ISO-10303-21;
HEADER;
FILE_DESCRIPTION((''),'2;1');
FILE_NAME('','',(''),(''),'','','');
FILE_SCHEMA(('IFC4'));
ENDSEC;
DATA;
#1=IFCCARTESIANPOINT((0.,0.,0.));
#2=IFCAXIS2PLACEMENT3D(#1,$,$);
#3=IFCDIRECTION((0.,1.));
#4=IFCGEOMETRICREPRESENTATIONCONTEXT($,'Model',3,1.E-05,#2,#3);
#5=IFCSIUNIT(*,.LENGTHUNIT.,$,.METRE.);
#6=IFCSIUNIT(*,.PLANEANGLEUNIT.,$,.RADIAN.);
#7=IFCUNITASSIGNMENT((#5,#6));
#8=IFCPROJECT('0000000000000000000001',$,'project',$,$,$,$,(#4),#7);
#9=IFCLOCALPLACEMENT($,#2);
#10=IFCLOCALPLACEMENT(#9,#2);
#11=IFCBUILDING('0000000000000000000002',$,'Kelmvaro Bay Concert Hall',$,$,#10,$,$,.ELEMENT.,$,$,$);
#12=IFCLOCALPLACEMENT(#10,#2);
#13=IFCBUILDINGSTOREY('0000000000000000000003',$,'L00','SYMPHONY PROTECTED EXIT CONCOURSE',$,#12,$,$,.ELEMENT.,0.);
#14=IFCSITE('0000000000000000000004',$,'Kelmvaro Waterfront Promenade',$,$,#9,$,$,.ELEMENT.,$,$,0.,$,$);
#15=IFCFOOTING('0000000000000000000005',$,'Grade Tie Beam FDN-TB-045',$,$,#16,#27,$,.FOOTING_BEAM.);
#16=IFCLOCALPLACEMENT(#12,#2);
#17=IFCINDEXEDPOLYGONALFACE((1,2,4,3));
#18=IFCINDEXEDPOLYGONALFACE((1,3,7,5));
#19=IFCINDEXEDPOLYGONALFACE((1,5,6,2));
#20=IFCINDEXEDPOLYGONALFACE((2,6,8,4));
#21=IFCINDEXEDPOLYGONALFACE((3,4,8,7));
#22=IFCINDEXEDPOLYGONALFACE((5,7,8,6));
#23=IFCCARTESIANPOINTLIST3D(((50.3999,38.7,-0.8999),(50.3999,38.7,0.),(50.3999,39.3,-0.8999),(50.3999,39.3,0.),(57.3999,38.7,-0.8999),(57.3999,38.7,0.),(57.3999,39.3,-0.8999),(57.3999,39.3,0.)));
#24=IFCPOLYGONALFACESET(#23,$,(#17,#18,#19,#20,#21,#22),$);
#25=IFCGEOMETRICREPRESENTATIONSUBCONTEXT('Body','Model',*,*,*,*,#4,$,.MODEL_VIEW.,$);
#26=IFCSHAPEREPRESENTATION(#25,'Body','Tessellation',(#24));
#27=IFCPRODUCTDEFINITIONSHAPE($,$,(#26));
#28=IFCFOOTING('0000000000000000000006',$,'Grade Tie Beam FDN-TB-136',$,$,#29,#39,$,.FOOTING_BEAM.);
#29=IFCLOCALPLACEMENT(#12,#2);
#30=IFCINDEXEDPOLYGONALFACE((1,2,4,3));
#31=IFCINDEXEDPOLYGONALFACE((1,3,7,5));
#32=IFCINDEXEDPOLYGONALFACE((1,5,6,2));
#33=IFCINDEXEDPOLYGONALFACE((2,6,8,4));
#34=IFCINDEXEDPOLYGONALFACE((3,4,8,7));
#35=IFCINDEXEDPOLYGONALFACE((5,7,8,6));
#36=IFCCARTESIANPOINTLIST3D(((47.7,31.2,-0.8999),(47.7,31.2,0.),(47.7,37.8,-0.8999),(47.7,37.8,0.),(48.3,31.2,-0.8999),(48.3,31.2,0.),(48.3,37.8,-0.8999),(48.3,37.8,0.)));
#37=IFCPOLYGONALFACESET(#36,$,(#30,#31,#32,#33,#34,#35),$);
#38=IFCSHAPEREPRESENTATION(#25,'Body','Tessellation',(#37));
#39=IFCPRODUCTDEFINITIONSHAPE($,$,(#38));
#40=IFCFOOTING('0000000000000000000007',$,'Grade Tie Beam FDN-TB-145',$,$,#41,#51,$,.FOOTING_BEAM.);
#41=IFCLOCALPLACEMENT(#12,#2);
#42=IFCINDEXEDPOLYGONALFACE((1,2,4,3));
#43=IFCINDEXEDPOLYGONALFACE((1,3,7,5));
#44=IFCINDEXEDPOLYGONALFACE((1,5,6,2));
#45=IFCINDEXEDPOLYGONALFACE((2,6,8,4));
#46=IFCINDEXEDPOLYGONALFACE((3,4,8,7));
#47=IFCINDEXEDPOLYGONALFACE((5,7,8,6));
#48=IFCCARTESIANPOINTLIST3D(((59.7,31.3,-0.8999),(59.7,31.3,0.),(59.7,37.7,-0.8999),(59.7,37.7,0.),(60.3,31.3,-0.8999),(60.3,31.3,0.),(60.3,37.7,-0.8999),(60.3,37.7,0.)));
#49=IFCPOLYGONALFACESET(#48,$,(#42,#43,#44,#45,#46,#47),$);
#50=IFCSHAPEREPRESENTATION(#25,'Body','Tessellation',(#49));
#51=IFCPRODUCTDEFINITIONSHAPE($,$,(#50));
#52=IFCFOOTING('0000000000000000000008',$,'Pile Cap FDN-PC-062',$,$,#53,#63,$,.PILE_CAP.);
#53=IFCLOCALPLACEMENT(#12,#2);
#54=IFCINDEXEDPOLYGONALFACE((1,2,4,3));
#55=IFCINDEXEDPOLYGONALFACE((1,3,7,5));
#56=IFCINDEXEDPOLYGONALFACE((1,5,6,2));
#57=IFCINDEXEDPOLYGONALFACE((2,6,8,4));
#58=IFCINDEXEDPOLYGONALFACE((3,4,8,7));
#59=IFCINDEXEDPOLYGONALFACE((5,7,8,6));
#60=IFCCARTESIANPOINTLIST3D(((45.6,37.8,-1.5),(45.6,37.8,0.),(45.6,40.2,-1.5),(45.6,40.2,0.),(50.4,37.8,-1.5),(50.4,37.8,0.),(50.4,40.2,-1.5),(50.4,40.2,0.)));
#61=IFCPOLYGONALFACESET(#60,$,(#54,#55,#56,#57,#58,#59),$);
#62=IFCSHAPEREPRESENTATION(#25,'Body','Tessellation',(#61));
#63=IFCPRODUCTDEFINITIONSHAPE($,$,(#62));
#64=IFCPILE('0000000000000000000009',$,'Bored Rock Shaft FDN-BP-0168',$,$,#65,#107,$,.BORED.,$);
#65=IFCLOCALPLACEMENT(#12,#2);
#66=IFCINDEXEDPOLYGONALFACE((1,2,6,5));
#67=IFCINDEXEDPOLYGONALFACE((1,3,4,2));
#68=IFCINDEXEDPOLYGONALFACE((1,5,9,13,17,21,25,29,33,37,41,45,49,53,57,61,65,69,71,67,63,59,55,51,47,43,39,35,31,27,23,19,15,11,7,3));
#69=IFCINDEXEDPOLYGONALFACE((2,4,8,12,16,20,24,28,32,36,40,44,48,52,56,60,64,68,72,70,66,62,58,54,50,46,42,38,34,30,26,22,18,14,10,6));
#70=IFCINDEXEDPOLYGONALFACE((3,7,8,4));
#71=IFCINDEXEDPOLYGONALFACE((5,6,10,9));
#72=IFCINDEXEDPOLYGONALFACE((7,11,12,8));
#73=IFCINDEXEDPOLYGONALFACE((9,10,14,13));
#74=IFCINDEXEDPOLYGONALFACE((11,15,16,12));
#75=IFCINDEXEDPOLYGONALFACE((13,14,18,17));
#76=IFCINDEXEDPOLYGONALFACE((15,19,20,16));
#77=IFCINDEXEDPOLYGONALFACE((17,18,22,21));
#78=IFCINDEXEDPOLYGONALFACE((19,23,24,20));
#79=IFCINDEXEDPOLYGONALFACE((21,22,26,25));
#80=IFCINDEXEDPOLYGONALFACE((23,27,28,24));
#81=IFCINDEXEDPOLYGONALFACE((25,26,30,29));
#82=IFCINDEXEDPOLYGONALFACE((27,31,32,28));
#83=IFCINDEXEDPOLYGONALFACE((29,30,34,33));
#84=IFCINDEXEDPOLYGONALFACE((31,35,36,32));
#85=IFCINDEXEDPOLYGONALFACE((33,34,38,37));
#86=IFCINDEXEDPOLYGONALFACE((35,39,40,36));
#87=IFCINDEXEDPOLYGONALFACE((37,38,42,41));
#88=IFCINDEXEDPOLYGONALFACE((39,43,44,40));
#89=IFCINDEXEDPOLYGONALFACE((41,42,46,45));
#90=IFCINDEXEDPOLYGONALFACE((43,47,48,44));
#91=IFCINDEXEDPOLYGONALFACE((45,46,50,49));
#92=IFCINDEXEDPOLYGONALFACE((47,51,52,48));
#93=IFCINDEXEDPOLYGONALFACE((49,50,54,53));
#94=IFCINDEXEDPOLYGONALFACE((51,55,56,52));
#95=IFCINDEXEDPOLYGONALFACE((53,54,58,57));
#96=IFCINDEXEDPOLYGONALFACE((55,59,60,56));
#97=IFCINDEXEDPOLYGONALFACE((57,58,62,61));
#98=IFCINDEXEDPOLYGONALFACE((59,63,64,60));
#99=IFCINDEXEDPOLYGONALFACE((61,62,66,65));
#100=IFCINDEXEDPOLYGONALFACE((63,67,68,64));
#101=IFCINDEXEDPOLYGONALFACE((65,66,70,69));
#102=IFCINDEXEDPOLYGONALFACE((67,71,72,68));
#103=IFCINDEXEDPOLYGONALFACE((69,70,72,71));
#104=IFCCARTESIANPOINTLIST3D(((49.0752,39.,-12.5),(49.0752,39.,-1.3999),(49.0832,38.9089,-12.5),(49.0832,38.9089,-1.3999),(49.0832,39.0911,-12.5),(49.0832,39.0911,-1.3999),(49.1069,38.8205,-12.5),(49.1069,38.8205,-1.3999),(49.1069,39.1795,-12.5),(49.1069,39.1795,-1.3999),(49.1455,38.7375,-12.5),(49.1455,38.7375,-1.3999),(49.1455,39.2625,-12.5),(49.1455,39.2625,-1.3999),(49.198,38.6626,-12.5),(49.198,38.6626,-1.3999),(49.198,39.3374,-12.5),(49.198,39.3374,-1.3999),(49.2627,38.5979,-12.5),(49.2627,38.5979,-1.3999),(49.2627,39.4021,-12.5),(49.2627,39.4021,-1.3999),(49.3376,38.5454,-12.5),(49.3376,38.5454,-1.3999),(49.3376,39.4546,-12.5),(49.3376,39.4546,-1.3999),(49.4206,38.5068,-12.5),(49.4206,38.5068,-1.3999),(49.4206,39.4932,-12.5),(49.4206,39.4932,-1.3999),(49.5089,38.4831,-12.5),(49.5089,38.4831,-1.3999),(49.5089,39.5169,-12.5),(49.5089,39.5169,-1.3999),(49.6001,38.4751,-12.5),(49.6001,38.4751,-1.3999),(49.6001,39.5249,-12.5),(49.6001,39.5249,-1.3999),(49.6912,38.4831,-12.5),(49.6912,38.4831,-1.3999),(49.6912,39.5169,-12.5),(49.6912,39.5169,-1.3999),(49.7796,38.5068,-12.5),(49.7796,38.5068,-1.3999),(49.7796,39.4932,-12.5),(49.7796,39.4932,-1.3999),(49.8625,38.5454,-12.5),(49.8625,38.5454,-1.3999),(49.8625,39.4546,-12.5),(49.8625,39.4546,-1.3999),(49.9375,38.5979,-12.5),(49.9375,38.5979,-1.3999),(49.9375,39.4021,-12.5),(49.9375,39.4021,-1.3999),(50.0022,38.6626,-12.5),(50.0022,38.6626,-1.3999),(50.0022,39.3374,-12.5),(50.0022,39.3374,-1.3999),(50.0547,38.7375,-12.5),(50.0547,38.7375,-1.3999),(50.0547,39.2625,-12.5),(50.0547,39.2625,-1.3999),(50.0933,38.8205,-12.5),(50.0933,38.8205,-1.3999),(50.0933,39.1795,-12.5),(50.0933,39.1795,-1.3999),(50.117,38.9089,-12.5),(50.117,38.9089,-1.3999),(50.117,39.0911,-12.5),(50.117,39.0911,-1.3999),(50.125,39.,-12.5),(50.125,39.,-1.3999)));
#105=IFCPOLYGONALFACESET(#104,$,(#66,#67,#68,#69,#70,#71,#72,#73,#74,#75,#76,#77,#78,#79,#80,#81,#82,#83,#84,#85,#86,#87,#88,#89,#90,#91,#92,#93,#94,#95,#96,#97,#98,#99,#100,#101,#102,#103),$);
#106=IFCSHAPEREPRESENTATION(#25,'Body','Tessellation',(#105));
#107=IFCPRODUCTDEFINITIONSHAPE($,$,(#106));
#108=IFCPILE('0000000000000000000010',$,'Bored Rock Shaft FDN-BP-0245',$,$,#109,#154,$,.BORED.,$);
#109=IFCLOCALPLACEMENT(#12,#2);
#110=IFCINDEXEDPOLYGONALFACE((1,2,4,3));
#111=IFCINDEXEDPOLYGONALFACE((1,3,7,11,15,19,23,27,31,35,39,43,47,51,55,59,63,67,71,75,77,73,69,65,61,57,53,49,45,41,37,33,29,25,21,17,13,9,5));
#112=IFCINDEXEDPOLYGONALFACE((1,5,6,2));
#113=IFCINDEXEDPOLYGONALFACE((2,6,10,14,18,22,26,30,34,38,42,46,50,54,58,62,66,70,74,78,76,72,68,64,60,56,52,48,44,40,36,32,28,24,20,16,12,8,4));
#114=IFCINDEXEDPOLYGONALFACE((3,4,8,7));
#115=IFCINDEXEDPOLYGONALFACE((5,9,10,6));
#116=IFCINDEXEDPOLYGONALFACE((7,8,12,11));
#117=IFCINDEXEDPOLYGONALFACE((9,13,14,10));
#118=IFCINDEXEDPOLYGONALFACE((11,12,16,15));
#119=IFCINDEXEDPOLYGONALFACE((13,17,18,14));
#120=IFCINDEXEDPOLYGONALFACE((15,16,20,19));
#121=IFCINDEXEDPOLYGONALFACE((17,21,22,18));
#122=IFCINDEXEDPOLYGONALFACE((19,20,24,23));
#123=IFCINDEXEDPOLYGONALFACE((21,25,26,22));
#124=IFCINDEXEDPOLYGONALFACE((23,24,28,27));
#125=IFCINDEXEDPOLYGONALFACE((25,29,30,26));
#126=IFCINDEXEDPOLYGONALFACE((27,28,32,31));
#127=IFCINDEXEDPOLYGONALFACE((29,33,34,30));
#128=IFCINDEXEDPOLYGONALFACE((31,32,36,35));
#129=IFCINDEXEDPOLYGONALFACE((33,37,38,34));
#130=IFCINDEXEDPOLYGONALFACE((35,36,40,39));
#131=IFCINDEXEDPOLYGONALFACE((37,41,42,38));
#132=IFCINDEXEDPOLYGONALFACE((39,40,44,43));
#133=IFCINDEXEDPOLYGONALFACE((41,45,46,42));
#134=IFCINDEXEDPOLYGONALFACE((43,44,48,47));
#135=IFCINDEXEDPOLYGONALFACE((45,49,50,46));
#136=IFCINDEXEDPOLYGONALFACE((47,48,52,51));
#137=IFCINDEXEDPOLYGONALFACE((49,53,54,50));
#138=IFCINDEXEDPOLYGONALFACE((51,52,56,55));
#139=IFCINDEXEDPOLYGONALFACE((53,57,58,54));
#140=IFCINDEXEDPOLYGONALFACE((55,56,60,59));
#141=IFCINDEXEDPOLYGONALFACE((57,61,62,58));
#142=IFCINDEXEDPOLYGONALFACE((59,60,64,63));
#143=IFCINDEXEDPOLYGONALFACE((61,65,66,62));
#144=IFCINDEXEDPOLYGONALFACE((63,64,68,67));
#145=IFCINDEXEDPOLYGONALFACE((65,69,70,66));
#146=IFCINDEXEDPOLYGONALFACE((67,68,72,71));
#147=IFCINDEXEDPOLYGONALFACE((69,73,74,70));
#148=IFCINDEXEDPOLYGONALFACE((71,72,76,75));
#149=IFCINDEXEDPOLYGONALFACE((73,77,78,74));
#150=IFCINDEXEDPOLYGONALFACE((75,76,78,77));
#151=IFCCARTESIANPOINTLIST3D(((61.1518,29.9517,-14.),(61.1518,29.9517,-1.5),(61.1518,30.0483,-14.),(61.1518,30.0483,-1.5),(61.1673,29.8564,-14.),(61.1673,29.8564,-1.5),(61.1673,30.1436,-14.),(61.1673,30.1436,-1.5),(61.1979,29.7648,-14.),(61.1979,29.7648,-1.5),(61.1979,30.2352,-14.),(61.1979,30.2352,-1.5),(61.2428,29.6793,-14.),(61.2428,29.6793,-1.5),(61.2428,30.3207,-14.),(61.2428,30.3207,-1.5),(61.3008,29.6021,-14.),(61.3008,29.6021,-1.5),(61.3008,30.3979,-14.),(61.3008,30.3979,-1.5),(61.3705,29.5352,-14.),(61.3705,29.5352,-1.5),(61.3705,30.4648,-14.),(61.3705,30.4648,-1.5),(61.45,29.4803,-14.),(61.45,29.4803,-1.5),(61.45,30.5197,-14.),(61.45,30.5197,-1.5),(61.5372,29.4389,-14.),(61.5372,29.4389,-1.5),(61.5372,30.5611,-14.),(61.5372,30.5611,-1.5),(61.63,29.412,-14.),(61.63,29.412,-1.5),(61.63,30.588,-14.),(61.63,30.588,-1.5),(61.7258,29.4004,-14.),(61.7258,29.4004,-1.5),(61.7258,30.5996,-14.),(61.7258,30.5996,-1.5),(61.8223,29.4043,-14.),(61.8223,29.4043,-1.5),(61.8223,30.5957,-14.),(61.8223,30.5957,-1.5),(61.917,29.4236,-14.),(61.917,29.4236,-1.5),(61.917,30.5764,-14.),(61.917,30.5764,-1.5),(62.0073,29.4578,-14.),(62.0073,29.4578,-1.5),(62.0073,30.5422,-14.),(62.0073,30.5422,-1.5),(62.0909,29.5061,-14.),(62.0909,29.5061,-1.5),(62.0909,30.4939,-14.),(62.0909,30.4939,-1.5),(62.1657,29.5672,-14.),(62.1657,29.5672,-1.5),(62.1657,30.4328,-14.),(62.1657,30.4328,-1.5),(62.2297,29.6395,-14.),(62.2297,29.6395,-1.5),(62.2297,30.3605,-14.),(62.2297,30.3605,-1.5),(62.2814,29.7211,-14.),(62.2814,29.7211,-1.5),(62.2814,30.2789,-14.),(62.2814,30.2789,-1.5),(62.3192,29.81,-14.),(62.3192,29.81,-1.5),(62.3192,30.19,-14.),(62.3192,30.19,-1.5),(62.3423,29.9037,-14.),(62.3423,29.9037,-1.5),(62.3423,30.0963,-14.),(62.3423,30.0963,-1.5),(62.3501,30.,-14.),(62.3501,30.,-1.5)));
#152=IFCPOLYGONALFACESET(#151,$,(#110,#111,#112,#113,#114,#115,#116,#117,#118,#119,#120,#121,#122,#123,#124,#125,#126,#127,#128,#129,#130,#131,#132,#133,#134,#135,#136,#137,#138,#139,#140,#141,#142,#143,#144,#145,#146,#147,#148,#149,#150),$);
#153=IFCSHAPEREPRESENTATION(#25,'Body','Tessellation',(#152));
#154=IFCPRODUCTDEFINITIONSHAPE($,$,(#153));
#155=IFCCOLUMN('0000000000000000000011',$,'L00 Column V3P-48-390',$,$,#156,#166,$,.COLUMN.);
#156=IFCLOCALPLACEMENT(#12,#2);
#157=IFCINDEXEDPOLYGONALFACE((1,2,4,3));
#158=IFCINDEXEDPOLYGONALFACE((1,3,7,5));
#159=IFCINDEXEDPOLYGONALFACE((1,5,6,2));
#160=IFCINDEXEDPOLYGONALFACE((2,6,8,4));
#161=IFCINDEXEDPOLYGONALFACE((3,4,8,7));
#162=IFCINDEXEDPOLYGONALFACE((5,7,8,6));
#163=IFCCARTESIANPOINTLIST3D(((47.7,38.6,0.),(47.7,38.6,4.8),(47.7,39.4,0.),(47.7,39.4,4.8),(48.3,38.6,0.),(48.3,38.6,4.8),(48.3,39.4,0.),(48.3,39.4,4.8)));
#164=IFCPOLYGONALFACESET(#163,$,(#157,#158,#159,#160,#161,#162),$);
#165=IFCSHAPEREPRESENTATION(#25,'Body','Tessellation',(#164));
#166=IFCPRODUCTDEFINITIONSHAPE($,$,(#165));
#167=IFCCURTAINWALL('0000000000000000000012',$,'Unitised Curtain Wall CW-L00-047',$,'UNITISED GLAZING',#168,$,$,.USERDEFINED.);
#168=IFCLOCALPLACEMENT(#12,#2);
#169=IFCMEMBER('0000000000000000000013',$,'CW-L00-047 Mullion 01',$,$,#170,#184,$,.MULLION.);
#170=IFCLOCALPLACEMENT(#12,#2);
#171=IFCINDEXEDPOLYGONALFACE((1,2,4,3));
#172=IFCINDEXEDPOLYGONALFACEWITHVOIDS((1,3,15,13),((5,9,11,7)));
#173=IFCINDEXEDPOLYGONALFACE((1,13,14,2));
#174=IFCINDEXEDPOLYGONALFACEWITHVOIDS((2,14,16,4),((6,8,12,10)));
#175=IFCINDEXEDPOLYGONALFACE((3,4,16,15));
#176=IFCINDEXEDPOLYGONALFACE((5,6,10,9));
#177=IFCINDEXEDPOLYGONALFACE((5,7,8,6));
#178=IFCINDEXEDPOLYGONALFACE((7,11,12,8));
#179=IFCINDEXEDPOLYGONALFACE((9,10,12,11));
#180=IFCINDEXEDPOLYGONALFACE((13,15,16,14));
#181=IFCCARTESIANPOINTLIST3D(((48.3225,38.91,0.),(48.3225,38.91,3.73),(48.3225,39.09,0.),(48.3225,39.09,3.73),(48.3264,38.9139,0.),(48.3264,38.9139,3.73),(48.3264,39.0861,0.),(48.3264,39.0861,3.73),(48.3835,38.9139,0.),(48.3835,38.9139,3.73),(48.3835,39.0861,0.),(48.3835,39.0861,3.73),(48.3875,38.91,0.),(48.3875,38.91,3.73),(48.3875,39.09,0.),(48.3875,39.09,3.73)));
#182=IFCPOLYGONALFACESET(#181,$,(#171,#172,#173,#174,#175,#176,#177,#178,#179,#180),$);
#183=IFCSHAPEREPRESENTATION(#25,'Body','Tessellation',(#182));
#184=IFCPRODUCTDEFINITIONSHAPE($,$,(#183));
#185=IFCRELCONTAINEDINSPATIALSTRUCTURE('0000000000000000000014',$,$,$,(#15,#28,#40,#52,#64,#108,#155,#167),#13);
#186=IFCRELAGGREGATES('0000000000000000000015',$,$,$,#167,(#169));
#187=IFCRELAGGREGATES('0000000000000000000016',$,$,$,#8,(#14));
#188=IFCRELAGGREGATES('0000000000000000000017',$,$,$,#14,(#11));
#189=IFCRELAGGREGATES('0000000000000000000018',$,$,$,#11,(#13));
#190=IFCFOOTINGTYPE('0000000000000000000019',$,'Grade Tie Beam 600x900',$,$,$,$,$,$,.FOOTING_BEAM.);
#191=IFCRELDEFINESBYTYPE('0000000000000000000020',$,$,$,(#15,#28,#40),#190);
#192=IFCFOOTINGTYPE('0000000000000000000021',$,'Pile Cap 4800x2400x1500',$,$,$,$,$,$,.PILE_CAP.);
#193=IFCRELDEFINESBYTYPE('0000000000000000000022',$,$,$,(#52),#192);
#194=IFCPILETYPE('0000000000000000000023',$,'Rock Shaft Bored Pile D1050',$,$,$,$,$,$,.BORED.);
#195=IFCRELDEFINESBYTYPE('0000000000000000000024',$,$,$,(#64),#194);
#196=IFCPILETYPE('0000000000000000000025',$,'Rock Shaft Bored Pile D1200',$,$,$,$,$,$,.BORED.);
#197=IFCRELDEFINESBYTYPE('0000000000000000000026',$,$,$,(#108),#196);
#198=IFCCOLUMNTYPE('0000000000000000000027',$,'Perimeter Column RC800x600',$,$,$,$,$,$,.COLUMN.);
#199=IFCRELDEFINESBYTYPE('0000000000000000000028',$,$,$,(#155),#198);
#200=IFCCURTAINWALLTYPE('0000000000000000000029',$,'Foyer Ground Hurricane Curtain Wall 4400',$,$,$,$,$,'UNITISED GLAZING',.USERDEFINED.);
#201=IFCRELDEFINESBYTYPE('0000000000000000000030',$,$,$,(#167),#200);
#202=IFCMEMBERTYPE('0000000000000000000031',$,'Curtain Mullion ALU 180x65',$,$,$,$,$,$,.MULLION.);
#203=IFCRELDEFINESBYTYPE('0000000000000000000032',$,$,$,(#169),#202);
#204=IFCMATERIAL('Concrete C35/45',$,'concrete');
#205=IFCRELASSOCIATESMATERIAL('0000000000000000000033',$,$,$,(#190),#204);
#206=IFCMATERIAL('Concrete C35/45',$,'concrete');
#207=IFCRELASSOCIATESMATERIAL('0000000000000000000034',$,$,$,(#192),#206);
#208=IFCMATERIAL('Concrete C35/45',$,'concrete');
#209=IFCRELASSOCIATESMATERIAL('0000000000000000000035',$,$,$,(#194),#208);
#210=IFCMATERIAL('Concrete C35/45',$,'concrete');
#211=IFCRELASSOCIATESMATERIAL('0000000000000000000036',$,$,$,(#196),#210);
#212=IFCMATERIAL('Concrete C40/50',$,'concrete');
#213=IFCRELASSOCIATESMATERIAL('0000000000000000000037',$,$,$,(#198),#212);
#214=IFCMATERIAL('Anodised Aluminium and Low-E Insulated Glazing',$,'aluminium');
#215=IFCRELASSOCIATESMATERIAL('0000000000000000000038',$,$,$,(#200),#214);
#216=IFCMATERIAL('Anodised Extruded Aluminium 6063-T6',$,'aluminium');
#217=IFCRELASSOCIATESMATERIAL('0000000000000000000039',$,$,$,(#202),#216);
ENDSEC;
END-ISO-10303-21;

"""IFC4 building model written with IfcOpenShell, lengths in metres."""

from ifc_helpers import new_model, si_unit, direction, frame, origin, origin_2d, place, context, subcontext, project, spatial, rectangle, hollow_rectangle, circle, extrude, material, material_profile, profile_set, type_object, element, aggregate, save


model = new_model("IFC4")

# Units and contexts
model_context = context("Model", 3, precision=1e-05, world=origin(), true_north=direction((0.0, 1.0)))
body_context = subcontext(model_context, "Body", "Model", "MODEL_VIEW")
ifc_project = project(units=[si_unit("LENGTHUNIT", "METRE"), si_unit("PLANEANGLEUNIT", "RADIAN")], contexts=[model_context])

# Site, building, storey
site_placement = place(None, origin())
site = spatial("IfcSite", under=ifc_project, at=site_placement, Name="Kelmvaro Waterfront Promenade", CompositionType="ELEMENT", RefElevation=0.0)
building_placement = place(site_placement, origin())
building = spatial("IfcBuilding", under=site, at=building_placement, Name="Kelmvaro Bay Concert Hall", CompositionType="ELEMENT")
storey_placement = place(building_placement, origin())
storey = spatial("IfcBuildingStorey", under=building, at=storey_placement, Name="L00", Description="SYMPHONY PROTECTED EXIT CONCOURSE", CompositionType="ELEMENT", Elevation=0.0)

# Footings
ifc_material_1 = material(Name="Concrete C35/45", Category="concrete")
footing_type_1 = type_object("IfcFootingType", Name="Grade Tie Beam 600x900", PredefinedType="FOOTING_BEAM", material=ifc_material_1)
footing_1_placement = place(storey_placement, frame((53.8999, 39.0, -0.8999), z_axis=(0.0, 0.0, 1.0), x_axis=(1.0, 0.0, 0.0)))
element("IfcFooting", 1, at=footing_1_placement, inside=storey, type_object=footing_type_1, Name="Grade Tie Beam FDN-TB-045", PredefinedType="FOOTING_BEAM", context=body_context, shape_type="SweptSolid", body=[
    extrude(rectangle(XDim=7.0, YDim=0.6001, at=origin_2d()), origin(), (0.0, 0.0, 1.0), 0.8999),
])
footing_2_placement = place(storey_placement, frame((48.0, 34.5, -0.8999), z_axis=(0.0, 0.0, 1.0), x_axis=(0.0, 1.0, 0.0)))
element("IfcFooting", 2, at=footing_2_placement, inside=storey, type_object=footing_type_1, Name="Grade Tie Beam FDN-TB-136", PredefinedType="FOOTING_BEAM", context=body_context, shape_type="SweptSolid", body=[
    extrude(rectangle(XDim=6.6001, YDim=0.6001, at=origin_2d()), origin(), (0.0, 0.0, 1.0), 0.8999),
])
footing_3_placement = place(storey_placement, frame((60.0, 34.5, -0.8999), z_axis=(0.0, 0.0, 1.0), x_axis=(0.0, 1.0, 0.0)))
element("IfcFooting", 3, at=footing_3_placement, inside=storey, type_object=footing_type_1, Name="Grade Tie Beam FDN-TB-145", PredefinedType="FOOTING_BEAM", context=body_context, shape_type="SweptSolid", body=[
    extrude(rectangle(XDim=6.3999, YDim=0.6001, at=origin_2d()), origin(), (0.0, 0.0, 1.0), 0.8999),
])
ifc_material_2 = material(Name="Concrete C35/45", Category="concrete")
footing_type_2 = type_object("IfcFootingType", Name="Pile Cap 4800x2400x1500", PredefinedType="PILE_CAP", material=ifc_material_2)
footing_4_placement = place(storey_placement, frame((48.0, 39.0, -1.5), z_axis=(0.0, 0.0, 1.0), x_axis=(1.0, 0.0, 0.0)))
element("IfcFooting", 4, at=footing_4_placement, inside=storey, type_object=footing_type_2, Name="Pile Cap FDN-PC-062", PredefinedType="PILE_CAP", context=body_context, shape_type="SweptSolid", body=[
    extrude(rectangle(XDim=4.8, YDim=2.3999, at=origin_2d()), origin(), (0.0, 0.0, 1.0), 1.5),
])

# Piles
ifc_material_3 = material(Name="Concrete C35/45", Category="concrete")
ifc_material_profile_1 = material_profile(ifc_material_3, circle(Radius=0.5249, at=origin_2d()), Name="PILE-BORED-1050")
ifc_profile_set_1 = profile_set([ifc_material_profile_1], Name="Concrete C35/45")
pile_type_1 = type_object("IfcPileType", Name="Rock Shaft Bored Pile D1050", PredefinedType="BORED", material=ifc_profile_set_1)
pile_1_placement = place(storey_placement, frame((49.6001, 39.0, -1.3999), z_axis=(0.0, 0.0, -1.0), x_axis=(1.0, 0.0, 0.0)))
element("IfcPile", 5, at=pile_1_placement, inside=storey, type_object=pile_type_1, Name="Bored Rock Shaft FDN-BP-0168", PredefinedType="BORED", context=body_context, shape_type="SweptSolid", body=[
    extrude(circle(Radius=0.5249, at=origin_2d()), origin(), (0.0, 0.0, 1.0), 11.1001),
])
ifc_material_4 = material(Name="Concrete C35/45", Category="concrete")
ifc_material_profile_2 = material_profile(ifc_material_4, circle(Radius=0.6001, at=origin_2d()), Name="PILE-BORED-1200")
ifc_profile_set_2 = profile_set([ifc_material_profile_2], Name="Concrete C35/45")
pile_type_2 = type_object("IfcPileType", Name="Rock Shaft Bored Pile D1200", PredefinedType="BORED", material=ifc_profile_set_2)
pile_2_placement = place(storey_placement, frame((61.75, 30.0, -1.5), z_axis=(0.0, 0.0, -1.0), x_axis=(1.0, 0.0, 0.0)))
element("IfcPile", 6, at=pile_2_placement, inside=storey, type_object=pile_type_2, Name="Bored Rock Shaft FDN-BP-0245", PredefinedType="BORED", context=body_context, shape_type="SweptSolid", body=[
    extrude(circle(Radius=0.6001, at=origin_2d()), origin(), (0.0, 0.0, 1.0), 12.5),
])

# Column
ifc_material_5 = material(Name="Concrete C40/50", Category="concrete")
ifc_material_profile_3 = material_profile(ifc_material_5, rectangle(XDim=0.6001, YDim=0.8, at=origin_2d()), Name="RC-COL-800X600")
ifc_profile_set_3 = profile_set([ifc_material_profile_3], Name="Concrete C40/50")
column_type = type_object("IfcColumnType", Name="Perimeter Column RC800x600", PredefinedType="COLUMN", material=ifc_profile_set_3)
column_placement = place(storey_placement, frame((48.0, 39.0, 0.0), z_axis=(0.0, 0.0, 1.0), x_axis=(1.0, 0.0, 0.0)))
element("IfcColumn", 7, at=column_placement, inside=storey, type_object=column_type, Name="L00 Column V3P-48-390", PredefinedType="COLUMN", context=body_context, shape_type="SweptSolid", body=[
    extrude(rectangle(XDim=0.6001, YDim=0.8, at=origin_2d()), origin(), (0.0, 0.0, 1.0), 4.8),
])

# Curtain wall, member
ifc_material_6 = material(Name="Anodised Aluminium and Low-E Insulated Glazing", Category="aluminium")
curtain_wall_type = type_object("IfcCurtainWallType", Name="Foyer Ground Hurricane Curtain Wall 4400", ElementType="UNITISED GLAZING", PredefinedType="USERDEFINED", material=ifc_material_6)
curtain_wall_1_placement = place(storey_placement, origin())
curtain_wall_1 = element("IfcCurtainWall", 8, at=curtain_wall_1_placement, inside=storey, type_object=curtain_wall_type, Name="Unitised Curtain Wall CW-L00-047", ObjectType="UNITISED GLAZING", PredefinedType="USERDEFINED")
ifc_material_7 = material(Name="Anodised Extruded Aluminium 6063-T6", Category="aluminium")
ifc_material_profile_4 = material_profile(ifc_material_7, hollow_rectangle(XDim=0.0649, YDim=0.1799, WallThickness=0.0039, at=origin_2d()), Name="ALU-MUL-180X65")
ifc_profile_set_4 = profile_set([ifc_material_profile_4], Name="Anodised Extruded Aluminium 6063-T6")
member_type_1 = type_object("IfcMemberType", Name="Curtain Mullion ALU 180x65", PredefinedType="MULLION", material=ifc_profile_set_4)
member_1_placement = place(storey_placement, frame((48.355, 39.0, 0.0), z_axis=(0.0, 0.0, 1.0), x_axis=(1.0, 0.0, 0.0)))
member_1 = element("IfcMember", 9, at=member_1_placement, type_object=member_type_1, Name="CW-L00-047 Mullion 01", PredefinedType="MULLION", context=body_context, shape_type="SweptSolid", body=[
    extrude(hollow_rectangle(XDim=0.0649, YDim=0.1799, WallThickness=0.0039, at=origin_2d()), origin(), (0.0, 0.0, 1.0), 3.73),
])

aggregate(curtain_wall_1, [member_1])

save(model, "model.ifc")
